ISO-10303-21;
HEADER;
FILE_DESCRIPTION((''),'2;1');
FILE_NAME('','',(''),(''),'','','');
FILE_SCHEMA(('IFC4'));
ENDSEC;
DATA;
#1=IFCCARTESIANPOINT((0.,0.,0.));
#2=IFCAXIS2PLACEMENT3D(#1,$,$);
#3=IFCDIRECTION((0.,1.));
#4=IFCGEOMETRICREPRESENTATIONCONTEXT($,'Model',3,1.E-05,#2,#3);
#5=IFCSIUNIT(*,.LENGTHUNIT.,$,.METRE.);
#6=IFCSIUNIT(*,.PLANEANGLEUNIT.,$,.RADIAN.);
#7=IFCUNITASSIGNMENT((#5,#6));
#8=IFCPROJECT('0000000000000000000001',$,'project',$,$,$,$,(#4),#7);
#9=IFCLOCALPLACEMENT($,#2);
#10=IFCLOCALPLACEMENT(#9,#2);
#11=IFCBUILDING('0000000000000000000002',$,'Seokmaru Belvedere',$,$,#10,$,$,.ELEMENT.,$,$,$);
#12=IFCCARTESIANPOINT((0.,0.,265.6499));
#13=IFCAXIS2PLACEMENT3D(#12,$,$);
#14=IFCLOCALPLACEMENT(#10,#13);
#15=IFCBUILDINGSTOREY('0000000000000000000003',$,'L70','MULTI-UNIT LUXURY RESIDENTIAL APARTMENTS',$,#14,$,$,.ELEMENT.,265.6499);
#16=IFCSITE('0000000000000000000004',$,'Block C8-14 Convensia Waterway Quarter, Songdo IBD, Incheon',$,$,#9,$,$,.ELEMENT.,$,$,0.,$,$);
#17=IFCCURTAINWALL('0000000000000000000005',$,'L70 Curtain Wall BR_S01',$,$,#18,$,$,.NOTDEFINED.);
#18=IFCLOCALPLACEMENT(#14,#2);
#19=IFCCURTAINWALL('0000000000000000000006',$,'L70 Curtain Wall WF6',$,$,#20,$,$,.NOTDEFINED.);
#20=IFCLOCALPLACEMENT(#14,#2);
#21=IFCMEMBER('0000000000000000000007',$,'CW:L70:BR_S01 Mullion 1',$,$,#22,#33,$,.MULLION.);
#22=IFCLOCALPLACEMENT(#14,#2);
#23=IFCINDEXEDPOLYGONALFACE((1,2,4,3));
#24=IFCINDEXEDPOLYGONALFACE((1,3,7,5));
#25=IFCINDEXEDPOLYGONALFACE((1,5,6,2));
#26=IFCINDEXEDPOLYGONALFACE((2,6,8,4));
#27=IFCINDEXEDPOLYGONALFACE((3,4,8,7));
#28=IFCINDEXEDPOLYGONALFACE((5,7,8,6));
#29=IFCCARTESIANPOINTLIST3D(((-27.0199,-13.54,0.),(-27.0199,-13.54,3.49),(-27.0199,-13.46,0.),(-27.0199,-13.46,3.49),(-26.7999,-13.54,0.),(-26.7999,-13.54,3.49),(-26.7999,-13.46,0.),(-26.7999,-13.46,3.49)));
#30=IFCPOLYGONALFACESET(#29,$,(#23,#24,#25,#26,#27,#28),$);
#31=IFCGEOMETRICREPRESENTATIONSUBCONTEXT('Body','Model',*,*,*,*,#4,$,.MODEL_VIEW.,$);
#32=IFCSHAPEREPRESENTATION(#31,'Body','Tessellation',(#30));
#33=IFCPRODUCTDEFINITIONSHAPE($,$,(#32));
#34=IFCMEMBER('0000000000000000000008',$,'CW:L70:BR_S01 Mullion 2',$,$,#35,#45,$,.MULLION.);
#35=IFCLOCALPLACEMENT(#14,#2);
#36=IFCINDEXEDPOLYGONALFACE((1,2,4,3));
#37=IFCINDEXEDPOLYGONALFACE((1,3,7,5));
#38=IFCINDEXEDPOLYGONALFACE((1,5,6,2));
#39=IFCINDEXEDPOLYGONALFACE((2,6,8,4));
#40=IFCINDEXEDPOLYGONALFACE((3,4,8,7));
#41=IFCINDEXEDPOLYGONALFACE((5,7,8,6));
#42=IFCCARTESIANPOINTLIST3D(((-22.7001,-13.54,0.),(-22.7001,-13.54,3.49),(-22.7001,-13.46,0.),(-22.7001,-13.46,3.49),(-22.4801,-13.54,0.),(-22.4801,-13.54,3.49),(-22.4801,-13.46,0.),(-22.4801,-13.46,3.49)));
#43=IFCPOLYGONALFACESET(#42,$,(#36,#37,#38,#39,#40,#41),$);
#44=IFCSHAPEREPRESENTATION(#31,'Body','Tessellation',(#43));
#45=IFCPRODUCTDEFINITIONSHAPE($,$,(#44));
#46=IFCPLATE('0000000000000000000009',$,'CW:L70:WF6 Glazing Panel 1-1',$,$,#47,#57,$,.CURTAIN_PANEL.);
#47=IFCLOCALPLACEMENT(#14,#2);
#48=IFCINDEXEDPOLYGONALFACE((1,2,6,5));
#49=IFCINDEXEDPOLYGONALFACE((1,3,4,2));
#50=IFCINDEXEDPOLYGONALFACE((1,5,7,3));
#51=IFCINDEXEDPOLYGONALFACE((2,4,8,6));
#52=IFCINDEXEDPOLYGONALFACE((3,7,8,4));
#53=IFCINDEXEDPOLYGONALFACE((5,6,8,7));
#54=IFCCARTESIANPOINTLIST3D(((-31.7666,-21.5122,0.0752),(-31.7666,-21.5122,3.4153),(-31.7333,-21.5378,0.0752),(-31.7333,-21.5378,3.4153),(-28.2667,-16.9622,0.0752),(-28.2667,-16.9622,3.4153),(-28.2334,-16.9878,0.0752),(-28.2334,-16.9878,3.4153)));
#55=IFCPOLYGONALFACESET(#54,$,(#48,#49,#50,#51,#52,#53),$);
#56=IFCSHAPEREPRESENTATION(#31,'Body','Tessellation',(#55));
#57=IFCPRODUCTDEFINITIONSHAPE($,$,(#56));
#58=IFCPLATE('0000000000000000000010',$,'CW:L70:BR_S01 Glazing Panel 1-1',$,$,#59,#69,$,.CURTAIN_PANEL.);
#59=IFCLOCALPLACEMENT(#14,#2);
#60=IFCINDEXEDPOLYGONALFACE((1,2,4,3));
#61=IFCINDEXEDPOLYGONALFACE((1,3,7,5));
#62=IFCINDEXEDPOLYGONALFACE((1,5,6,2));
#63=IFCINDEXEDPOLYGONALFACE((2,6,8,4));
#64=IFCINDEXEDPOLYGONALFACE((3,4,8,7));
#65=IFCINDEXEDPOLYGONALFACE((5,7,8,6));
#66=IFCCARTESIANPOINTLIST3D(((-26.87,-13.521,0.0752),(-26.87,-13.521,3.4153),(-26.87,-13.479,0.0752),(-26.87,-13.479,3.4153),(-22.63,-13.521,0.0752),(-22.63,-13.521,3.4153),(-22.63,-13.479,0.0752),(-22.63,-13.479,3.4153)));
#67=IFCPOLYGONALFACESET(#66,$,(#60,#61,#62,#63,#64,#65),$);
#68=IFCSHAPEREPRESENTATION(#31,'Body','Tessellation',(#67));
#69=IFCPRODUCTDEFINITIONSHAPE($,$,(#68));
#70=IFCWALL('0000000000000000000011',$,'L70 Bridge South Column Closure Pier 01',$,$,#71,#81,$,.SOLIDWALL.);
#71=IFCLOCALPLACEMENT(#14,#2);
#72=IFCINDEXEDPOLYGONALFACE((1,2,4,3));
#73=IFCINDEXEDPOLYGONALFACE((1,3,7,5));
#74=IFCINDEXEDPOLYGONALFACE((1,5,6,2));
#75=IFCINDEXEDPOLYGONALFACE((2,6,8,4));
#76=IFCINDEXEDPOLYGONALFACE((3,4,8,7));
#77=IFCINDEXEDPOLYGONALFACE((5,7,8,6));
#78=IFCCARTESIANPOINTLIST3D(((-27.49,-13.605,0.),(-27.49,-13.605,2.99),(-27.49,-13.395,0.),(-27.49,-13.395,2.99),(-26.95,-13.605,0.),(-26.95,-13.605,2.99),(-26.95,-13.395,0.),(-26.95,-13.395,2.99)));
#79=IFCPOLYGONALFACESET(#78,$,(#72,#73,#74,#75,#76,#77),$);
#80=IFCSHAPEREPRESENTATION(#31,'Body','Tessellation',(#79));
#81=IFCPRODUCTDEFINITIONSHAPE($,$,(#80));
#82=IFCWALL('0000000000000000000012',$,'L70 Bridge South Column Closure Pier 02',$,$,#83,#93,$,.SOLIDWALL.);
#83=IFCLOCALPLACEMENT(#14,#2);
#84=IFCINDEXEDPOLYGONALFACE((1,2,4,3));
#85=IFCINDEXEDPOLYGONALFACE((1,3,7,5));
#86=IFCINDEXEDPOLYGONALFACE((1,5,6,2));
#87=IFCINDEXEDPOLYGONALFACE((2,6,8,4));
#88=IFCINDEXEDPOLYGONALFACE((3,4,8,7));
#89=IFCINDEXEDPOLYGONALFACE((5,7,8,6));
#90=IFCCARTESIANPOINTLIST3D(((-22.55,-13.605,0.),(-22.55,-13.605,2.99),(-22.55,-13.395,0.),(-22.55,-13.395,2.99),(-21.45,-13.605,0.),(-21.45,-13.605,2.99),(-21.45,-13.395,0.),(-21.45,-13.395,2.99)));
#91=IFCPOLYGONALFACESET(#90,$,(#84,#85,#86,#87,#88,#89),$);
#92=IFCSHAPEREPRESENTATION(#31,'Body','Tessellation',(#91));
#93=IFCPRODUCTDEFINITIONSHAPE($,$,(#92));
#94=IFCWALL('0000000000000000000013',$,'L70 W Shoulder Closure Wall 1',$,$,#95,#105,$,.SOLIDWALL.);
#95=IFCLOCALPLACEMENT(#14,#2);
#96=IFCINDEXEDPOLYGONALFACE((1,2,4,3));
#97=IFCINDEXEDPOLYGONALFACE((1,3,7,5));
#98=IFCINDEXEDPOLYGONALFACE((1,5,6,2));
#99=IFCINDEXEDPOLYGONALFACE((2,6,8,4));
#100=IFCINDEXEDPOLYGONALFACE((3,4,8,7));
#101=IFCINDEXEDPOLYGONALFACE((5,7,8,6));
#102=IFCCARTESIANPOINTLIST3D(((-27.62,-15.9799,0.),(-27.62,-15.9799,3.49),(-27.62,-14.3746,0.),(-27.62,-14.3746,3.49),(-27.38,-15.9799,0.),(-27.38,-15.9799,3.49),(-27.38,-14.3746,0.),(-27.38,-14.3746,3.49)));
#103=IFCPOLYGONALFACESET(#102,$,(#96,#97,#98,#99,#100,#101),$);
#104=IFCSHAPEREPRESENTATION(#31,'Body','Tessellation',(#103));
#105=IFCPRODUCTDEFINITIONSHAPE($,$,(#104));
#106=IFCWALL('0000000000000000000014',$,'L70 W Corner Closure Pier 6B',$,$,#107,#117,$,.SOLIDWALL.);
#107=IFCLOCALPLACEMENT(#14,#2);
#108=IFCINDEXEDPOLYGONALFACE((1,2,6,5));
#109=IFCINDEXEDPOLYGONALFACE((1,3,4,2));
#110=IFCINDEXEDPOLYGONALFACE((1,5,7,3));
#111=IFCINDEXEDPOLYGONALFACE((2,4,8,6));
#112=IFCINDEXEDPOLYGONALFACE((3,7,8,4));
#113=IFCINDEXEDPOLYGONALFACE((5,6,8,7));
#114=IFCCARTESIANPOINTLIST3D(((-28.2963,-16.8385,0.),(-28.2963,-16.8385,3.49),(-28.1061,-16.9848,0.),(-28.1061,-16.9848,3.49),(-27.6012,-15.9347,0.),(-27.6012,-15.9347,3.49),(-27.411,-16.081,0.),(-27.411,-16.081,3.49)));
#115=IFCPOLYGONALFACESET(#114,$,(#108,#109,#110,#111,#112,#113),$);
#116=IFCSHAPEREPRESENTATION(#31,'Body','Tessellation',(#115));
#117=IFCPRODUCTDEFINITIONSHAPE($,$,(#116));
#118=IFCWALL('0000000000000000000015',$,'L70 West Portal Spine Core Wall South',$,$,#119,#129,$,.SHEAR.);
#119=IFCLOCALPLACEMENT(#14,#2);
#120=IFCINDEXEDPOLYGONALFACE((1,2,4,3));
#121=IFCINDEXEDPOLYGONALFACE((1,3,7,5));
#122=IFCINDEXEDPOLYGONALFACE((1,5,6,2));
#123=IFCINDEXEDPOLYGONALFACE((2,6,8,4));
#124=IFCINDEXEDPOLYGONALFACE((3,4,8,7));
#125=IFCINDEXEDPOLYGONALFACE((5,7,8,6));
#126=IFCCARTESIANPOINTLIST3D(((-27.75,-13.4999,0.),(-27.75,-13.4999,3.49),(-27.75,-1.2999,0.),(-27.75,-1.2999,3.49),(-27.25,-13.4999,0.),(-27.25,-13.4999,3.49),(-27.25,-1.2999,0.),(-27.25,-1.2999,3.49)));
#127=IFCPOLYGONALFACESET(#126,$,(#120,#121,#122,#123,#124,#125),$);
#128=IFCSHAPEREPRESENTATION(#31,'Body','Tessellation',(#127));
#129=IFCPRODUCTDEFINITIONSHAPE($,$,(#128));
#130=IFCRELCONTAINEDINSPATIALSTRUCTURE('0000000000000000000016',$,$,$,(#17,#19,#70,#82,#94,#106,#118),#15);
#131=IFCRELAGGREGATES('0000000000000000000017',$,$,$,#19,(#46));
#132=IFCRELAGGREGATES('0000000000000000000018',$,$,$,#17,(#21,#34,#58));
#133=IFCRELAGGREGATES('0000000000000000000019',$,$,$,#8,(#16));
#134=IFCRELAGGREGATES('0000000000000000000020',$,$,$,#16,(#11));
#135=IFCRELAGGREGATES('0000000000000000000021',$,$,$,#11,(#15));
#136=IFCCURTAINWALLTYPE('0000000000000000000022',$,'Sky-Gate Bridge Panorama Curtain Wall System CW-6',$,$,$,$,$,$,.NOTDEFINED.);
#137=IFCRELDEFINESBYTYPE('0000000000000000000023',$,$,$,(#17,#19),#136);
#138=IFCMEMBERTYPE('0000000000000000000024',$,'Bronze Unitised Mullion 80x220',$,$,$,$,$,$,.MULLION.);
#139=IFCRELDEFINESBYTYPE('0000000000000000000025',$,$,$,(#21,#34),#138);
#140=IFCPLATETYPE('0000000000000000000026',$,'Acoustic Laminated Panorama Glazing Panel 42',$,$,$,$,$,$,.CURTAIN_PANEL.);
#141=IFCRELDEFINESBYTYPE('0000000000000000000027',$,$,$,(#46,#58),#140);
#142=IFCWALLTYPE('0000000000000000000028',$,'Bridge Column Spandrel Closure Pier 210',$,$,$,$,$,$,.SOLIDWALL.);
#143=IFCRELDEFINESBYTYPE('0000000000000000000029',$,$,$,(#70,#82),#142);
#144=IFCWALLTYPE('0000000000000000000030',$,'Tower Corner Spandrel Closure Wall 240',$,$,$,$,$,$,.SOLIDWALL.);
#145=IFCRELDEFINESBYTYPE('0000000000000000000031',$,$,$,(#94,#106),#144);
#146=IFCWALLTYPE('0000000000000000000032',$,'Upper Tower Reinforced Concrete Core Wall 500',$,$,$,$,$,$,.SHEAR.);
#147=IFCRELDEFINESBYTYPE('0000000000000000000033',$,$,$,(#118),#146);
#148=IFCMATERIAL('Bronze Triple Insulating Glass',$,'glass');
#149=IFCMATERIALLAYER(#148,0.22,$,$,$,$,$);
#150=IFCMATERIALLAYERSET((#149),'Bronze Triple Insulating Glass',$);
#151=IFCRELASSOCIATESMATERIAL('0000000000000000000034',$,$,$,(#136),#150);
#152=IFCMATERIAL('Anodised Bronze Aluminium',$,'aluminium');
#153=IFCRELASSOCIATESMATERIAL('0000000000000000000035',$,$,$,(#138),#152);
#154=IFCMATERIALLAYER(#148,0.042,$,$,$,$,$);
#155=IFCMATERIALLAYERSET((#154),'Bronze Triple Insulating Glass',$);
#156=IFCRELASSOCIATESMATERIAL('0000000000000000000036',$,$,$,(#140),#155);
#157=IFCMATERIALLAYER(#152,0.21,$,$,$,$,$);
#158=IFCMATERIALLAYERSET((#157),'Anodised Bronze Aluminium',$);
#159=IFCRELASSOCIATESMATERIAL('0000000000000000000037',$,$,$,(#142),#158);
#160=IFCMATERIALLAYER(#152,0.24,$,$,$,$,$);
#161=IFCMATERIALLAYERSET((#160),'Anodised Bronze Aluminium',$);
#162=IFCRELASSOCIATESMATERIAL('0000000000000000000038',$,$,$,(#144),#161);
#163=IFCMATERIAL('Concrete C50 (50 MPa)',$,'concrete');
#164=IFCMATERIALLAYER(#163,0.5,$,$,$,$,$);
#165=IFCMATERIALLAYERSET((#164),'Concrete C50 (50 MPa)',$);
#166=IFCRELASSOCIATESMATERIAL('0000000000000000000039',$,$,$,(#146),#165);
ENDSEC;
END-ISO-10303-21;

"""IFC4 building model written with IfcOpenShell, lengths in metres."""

from ifc_helpers import new_model, si_unit, direction, frame, frame_2d, origin, origin_2d, place, context, subcontext, project, spatial, rectangle, extrude, source, transform, mapped, material, layer, layer_set, material_profile, profile_set, type_object, type_shapes, element, aggregate, save


model = new_model("IFC4")

# Units and contexts
model_context = context("Model", 3, precision=1e-05, world=origin(), true_north=direction((0.0, 1.0)))
body_context = subcontext(model_context, "Body", "Model", "MODEL_VIEW")
ifc_project = project(units=[si_unit("LENGTHUNIT", "METRE"), si_unit("PLANEANGLEUNIT", "RADIAN")], contexts=[model_context])

# Site, building, storey
site_placement = place(None, origin())
site = spatial("IfcSite", under=ifc_project, at=site_placement, Name="Block C8-14 Convensia Waterway Quarter, Songdo IBD, Incheon", CompositionType="ELEMENT", RefElevation=0.0)
building_placement = place(site_placement, origin())
building = spatial("IfcBuilding", under=site, at=building_placement, Name="Seokmaru Belvedere", CompositionType="ELEMENT")
storey_placement = place(building_placement, frame((0.0, 0.0, 265.6499)))
storey = spatial("IfcBuildingStorey", under=building, at=storey_placement, Name="L70", Description="MULTI-UNIT LUXURY RESIDENTIAL APARTMENTS", CompositionType="ELEMENT", Elevation=265.6499)

# Curtain wall
ifc_material_1 = material(Name="Bronze Triple Insulating Glass", Category="glass")
ifc_layer_1 = layer(ifc_material_1, 0.22)
ifc_layer_set_1 = layer_set([ifc_layer_1], Name="Bronze Triple Insulating Glass")
curtain_wall_type = type_object("IfcCurtainWallType", Name="Sky-Gate Bridge Panorama Curtain Wall System CW-6", PredefinedType="NOTDEFINED", material=ifc_layer_set_1)
curtain_wall_1_placement = place(storey_placement, origin())
curtain_wall_1 = element("IfcCurtainWall", 1, at=curtain_wall_1_placement, inside=storey, type_object=curtain_wall_type, Name="L70 Curtain Wall BR_S01", PredefinedType="NOTDEFINED")
ifc_material_2 = material(Name="Anodised Bronze Aluminium", Category="aluminium")

# Curtain wall
curtain_wall_2_placement = place(storey_placement, origin())
curtain_wall_2 = element("IfcCurtainWall", 2, at=curtain_wall_2_placement, inside=storey, type_object=curtain_wall_type, Name="L70 Curtain Wall WF6", PredefinedType="NOTDEFINED")
ifc_material_profile_1 = material_profile(ifc_material_2, rectangle(XDim=0.0801, YDim=0.22, at=origin_2d()), Name="CW-M-80x220")
ifc_profile_set_1 = profile_set([ifc_material_profile_1], Name="Anodised Bronze Aluminium")
member_type_1 = type_object("IfcMemberType", Name="Bronze Unitised Mullion 80x220", PredefinedType="MULLION", material=ifc_profile_set_1)
shared_shape_1 = source(origin(), body_context, "Body", "SweptSolid", [
    extrude(rectangle(XDim=0.0801, YDim=0.22, at=origin_2d()), origin(), (0.0, 0.0, 1.0), 3.49),
])
type_shapes(member_type_1, [shared_shape_1])

# Members
member_1_placement = place(storey_placement, frame((-26.9099, -13.5, 0.0), z_axis=(0.0, 0.0, 1.0), x_axis=(0.0, 1.0, 0.0)))
member_1 = element("IfcMember", 3, at=member_1_placement, type_object=member_type_1, Name="CW:L70:BR_S01 Mullion 1", PredefinedType="MULLION", context=body_context, shape_type="MappedRepresentation", body=[
    mapped(shared_shape_1, transform((0.0, 0.0, 0.0), scale=1.0)),
])
member_2_placement = place(storey_placement, frame((-22.5901, -13.5, 0.0), z_axis=(0.0, 0.0, 1.0), x_axis=(0.0, 1.0, 0.0)))
member_2 = element("IfcMember", 4, at=member_2_placement, type_object=member_type_1, Name="CW:L70:BR_S01 Mullion 2", PredefinedType="MULLION", context=body_context, shape_type="MappedRepresentation", body=[
    mapped(shared_shape_1, transform((0.0, 0.0, 0.0), scale=1.0)),
])

# Plates
ifc_layer_2 = layer(ifc_material_1, 0.042)
ifc_layer_set_2 = layer_set([ifc_layer_2], Name="Bronze Triple Insulating Glass")
plate_type = type_object("IfcPlateType", Name="Acoustic Laminated Panorama Glazing Panel 42", PredefinedType="CURTAIN_PANEL", material=ifc_layer_set_2)
shared_shape_2 = source(origin(), body_context, "Body", "SweptSolid", [
    extrude(rectangle(XDim=5.7405, YDim=0.042, at=origin_2d()), origin(), (0.0, 0.0, 1.0), 3.3401),
])
plate_1_placement = place(storey_placement, frame((-30.0, -19.25, 0.0752), z_axis=(0.0, 0.0, 1.0), x_axis=(0.609701, 0.792631, 0.0)))
plate_1 = element("IfcPlate", 5, at=plate_1_placement, type_object=plate_type, Name="CW:L70:WF6 Glazing Panel 1-1", PredefinedType="CURTAIN_PANEL", context=body_context, shape_type="MappedRepresentation", body=[
    mapped(shared_shape_2, transform((0.0, 0.0, 0.0), scale=1.0)),
])
aggregate(curtain_wall_2, [plate_1])
shared_shape_3 = source(origin(), body_context, "Body", "SweptSolid", [
    extrude(rectangle(XDim=4.24, YDim=0.042, at=origin_2d()), origin(), (0.0, 0.0, 1.0), 3.3401),
])
type_shapes(plate_type, [shared_shape_2, shared_shape_3])
plate_2_placement = place(storey_placement, frame((-24.75, -13.5, 0.0752), z_axis=(0.0, 0.0, 1.0), x_axis=(1.0, 0.0, 0.0)))
plate_2 = element("IfcPlate", 6, at=plate_2_placement, type_object=plate_type, Name="CW:L70:BR_S01 Glazing Panel 1-1", PredefinedType="CURTAIN_PANEL", context=body_context, shape_type="MappedRepresentation", body=[
    mapped(shared_shape_3, transform((0.0, 0.0, 0.0), scale=1.0)),
])
aggregate(curtain_wall_1, [member_1, member_2, plate_2])

# Walls
ifc_layer_3 = layer(ifc_material_2, 0.21)
ifc_layer_set_3 = layer_set([ifc_layer_3], Name="Anodised Bronze Aluminium")
wall_type_1 = type_object("IfcWallType", Name="Bridge Column Spandrel Closure Pier 210", PredefinedType="SOLIDWALL", material=ifc_layer_set_3)
wall_1_placement = place(storey_placement, frame((-27.49, -13.5, 0.0), z_axis=(0.0, 0.0, 1.0), x_axis=(1.0, 0.0, 0.0)))
element("IfcWall", 7, at=wall_1_placement, inside=storey, type_object=wall_type_1, Name="L70 Bridge South Column Closure Pier 01", PredefinedType="SOLIDWALL", context=body_context, shape_type="SweptSolid", body=[
    extrude(rectangle(XDim=0.54, YDim=0.21, at=frame_2d((0.27, 0.0))), origin(), (0.0, 0.0, 1.0), 2.99),
])
wall_2_placement = place(storey_placement, frame((-22.55, -13.5, 0.0), z_axis=(0.0, 0.0, 1.0), x_axis=(1.0, 0.0, 0.0)))
element("IfcWall", 8, at=wall_2_placement, inside=storey, type_object=wall_type_1, Name="L70 Bridge South Column Closure Pier 02", PredefinedType="SOLIDWALL", context=body_context, shape_type="SweptSolid", body=[
    extrude(rectangle(XDim=1.1001, YDim=0.21, at=frame_2d((0.55, 0.0))), origin(), (0.0, 0.0, 1.0), 2.99),
])
ifc_layer_4 = layer(ifc_material_2, 0.24)
ifc_layer_set_4 = layer_set([ifc_layer_4], Name="Anodised Bronze Aluminium")
wall_type_2 = type_object("IfcWallType", Name="Tower Corner Spandrel Closure Wall 240", PredefinedType="SOLIDWALL", material=ifc_layer_set_4)
wall_3_placement = place(storey_placement, frame((-27.5, -15.98, 0.0), z_axis=(0.0, 0.0, 1.0), x_axis=(0.0, 1.0, 0.0)))
element("IfcWall", 9, at=wall_3_placement, inside=storey, type_object=wall_type_2, Name="L70 W Shoulder Closure Wall 1", PredefinedType="SOLIDWALL", context=body_context, shape_type="SweptSolid", body=[
    extrude(rectangle(XDim=1.6052, YDim=0.24, at=frame_2d((0.8027, 0.0))), origin(), (0.0, 0.0, 1.0), 3.49),
])
wall_4_placement = place(storey_placement, frame((-28.2012, -16.9116, 0.0), z_axis=(0.0, 0.0, 1.0), x_axis=(0.609618, 0.792696, 0.0)))
element("IfcWall", 10, at=wall_4_placement, inside=storey, type_object=wall_type_2, Name="L70 W Corner Closure Pier 6B", PredefinedType="SOLIDWALL", context=body_context, shape_type="SweptSolid", body=[
    extrude(rectangle(XDim=1.1401, YDim=0.24, at=frame_2d((0.5701, 0.0))), origin(), (0.0, 0.0, 1.0), 3.49),
])
ifc_material_3 = material(Name="Concrete C50 (50 MPa)", Category="concrete")
ifc_layer_5 = layer(ifc_material_3, 0.5)
ifc_layer_set_5 = layer_set([ifc_layer_5], Name="Concrete C50 (50 MPa)")
wall_type_3 = type_object("IfcWallType", Name="Upper Tower Reinforced Concrete Core Wall 500", PredefinedType="SHEAR", material=ifc_layer_set_5)
wall_5_placement = place(storey_placement, frame((-27.5, -13.5, 0.0), z_axis=(0.0, 0.0, 1.0), x_axis=(0.0, 1.0, 0.0)))
element("IfcWall", 11, at=wall_5_placement, inside=storey, type_object=wall_type_3, Name="L70 West Portal Spine Core Wall South", PredefinedType="SHEAR", context=body_context, shape_type="SweptSolid", body=[
    extrude(rectangle(XDim=12.2, YDim=0.5, at=frame_2d((6.1001, 0.0))), origin(), (0.0, 0.0, 1.0), 3.49),
])

save(model, "model.ifc")
